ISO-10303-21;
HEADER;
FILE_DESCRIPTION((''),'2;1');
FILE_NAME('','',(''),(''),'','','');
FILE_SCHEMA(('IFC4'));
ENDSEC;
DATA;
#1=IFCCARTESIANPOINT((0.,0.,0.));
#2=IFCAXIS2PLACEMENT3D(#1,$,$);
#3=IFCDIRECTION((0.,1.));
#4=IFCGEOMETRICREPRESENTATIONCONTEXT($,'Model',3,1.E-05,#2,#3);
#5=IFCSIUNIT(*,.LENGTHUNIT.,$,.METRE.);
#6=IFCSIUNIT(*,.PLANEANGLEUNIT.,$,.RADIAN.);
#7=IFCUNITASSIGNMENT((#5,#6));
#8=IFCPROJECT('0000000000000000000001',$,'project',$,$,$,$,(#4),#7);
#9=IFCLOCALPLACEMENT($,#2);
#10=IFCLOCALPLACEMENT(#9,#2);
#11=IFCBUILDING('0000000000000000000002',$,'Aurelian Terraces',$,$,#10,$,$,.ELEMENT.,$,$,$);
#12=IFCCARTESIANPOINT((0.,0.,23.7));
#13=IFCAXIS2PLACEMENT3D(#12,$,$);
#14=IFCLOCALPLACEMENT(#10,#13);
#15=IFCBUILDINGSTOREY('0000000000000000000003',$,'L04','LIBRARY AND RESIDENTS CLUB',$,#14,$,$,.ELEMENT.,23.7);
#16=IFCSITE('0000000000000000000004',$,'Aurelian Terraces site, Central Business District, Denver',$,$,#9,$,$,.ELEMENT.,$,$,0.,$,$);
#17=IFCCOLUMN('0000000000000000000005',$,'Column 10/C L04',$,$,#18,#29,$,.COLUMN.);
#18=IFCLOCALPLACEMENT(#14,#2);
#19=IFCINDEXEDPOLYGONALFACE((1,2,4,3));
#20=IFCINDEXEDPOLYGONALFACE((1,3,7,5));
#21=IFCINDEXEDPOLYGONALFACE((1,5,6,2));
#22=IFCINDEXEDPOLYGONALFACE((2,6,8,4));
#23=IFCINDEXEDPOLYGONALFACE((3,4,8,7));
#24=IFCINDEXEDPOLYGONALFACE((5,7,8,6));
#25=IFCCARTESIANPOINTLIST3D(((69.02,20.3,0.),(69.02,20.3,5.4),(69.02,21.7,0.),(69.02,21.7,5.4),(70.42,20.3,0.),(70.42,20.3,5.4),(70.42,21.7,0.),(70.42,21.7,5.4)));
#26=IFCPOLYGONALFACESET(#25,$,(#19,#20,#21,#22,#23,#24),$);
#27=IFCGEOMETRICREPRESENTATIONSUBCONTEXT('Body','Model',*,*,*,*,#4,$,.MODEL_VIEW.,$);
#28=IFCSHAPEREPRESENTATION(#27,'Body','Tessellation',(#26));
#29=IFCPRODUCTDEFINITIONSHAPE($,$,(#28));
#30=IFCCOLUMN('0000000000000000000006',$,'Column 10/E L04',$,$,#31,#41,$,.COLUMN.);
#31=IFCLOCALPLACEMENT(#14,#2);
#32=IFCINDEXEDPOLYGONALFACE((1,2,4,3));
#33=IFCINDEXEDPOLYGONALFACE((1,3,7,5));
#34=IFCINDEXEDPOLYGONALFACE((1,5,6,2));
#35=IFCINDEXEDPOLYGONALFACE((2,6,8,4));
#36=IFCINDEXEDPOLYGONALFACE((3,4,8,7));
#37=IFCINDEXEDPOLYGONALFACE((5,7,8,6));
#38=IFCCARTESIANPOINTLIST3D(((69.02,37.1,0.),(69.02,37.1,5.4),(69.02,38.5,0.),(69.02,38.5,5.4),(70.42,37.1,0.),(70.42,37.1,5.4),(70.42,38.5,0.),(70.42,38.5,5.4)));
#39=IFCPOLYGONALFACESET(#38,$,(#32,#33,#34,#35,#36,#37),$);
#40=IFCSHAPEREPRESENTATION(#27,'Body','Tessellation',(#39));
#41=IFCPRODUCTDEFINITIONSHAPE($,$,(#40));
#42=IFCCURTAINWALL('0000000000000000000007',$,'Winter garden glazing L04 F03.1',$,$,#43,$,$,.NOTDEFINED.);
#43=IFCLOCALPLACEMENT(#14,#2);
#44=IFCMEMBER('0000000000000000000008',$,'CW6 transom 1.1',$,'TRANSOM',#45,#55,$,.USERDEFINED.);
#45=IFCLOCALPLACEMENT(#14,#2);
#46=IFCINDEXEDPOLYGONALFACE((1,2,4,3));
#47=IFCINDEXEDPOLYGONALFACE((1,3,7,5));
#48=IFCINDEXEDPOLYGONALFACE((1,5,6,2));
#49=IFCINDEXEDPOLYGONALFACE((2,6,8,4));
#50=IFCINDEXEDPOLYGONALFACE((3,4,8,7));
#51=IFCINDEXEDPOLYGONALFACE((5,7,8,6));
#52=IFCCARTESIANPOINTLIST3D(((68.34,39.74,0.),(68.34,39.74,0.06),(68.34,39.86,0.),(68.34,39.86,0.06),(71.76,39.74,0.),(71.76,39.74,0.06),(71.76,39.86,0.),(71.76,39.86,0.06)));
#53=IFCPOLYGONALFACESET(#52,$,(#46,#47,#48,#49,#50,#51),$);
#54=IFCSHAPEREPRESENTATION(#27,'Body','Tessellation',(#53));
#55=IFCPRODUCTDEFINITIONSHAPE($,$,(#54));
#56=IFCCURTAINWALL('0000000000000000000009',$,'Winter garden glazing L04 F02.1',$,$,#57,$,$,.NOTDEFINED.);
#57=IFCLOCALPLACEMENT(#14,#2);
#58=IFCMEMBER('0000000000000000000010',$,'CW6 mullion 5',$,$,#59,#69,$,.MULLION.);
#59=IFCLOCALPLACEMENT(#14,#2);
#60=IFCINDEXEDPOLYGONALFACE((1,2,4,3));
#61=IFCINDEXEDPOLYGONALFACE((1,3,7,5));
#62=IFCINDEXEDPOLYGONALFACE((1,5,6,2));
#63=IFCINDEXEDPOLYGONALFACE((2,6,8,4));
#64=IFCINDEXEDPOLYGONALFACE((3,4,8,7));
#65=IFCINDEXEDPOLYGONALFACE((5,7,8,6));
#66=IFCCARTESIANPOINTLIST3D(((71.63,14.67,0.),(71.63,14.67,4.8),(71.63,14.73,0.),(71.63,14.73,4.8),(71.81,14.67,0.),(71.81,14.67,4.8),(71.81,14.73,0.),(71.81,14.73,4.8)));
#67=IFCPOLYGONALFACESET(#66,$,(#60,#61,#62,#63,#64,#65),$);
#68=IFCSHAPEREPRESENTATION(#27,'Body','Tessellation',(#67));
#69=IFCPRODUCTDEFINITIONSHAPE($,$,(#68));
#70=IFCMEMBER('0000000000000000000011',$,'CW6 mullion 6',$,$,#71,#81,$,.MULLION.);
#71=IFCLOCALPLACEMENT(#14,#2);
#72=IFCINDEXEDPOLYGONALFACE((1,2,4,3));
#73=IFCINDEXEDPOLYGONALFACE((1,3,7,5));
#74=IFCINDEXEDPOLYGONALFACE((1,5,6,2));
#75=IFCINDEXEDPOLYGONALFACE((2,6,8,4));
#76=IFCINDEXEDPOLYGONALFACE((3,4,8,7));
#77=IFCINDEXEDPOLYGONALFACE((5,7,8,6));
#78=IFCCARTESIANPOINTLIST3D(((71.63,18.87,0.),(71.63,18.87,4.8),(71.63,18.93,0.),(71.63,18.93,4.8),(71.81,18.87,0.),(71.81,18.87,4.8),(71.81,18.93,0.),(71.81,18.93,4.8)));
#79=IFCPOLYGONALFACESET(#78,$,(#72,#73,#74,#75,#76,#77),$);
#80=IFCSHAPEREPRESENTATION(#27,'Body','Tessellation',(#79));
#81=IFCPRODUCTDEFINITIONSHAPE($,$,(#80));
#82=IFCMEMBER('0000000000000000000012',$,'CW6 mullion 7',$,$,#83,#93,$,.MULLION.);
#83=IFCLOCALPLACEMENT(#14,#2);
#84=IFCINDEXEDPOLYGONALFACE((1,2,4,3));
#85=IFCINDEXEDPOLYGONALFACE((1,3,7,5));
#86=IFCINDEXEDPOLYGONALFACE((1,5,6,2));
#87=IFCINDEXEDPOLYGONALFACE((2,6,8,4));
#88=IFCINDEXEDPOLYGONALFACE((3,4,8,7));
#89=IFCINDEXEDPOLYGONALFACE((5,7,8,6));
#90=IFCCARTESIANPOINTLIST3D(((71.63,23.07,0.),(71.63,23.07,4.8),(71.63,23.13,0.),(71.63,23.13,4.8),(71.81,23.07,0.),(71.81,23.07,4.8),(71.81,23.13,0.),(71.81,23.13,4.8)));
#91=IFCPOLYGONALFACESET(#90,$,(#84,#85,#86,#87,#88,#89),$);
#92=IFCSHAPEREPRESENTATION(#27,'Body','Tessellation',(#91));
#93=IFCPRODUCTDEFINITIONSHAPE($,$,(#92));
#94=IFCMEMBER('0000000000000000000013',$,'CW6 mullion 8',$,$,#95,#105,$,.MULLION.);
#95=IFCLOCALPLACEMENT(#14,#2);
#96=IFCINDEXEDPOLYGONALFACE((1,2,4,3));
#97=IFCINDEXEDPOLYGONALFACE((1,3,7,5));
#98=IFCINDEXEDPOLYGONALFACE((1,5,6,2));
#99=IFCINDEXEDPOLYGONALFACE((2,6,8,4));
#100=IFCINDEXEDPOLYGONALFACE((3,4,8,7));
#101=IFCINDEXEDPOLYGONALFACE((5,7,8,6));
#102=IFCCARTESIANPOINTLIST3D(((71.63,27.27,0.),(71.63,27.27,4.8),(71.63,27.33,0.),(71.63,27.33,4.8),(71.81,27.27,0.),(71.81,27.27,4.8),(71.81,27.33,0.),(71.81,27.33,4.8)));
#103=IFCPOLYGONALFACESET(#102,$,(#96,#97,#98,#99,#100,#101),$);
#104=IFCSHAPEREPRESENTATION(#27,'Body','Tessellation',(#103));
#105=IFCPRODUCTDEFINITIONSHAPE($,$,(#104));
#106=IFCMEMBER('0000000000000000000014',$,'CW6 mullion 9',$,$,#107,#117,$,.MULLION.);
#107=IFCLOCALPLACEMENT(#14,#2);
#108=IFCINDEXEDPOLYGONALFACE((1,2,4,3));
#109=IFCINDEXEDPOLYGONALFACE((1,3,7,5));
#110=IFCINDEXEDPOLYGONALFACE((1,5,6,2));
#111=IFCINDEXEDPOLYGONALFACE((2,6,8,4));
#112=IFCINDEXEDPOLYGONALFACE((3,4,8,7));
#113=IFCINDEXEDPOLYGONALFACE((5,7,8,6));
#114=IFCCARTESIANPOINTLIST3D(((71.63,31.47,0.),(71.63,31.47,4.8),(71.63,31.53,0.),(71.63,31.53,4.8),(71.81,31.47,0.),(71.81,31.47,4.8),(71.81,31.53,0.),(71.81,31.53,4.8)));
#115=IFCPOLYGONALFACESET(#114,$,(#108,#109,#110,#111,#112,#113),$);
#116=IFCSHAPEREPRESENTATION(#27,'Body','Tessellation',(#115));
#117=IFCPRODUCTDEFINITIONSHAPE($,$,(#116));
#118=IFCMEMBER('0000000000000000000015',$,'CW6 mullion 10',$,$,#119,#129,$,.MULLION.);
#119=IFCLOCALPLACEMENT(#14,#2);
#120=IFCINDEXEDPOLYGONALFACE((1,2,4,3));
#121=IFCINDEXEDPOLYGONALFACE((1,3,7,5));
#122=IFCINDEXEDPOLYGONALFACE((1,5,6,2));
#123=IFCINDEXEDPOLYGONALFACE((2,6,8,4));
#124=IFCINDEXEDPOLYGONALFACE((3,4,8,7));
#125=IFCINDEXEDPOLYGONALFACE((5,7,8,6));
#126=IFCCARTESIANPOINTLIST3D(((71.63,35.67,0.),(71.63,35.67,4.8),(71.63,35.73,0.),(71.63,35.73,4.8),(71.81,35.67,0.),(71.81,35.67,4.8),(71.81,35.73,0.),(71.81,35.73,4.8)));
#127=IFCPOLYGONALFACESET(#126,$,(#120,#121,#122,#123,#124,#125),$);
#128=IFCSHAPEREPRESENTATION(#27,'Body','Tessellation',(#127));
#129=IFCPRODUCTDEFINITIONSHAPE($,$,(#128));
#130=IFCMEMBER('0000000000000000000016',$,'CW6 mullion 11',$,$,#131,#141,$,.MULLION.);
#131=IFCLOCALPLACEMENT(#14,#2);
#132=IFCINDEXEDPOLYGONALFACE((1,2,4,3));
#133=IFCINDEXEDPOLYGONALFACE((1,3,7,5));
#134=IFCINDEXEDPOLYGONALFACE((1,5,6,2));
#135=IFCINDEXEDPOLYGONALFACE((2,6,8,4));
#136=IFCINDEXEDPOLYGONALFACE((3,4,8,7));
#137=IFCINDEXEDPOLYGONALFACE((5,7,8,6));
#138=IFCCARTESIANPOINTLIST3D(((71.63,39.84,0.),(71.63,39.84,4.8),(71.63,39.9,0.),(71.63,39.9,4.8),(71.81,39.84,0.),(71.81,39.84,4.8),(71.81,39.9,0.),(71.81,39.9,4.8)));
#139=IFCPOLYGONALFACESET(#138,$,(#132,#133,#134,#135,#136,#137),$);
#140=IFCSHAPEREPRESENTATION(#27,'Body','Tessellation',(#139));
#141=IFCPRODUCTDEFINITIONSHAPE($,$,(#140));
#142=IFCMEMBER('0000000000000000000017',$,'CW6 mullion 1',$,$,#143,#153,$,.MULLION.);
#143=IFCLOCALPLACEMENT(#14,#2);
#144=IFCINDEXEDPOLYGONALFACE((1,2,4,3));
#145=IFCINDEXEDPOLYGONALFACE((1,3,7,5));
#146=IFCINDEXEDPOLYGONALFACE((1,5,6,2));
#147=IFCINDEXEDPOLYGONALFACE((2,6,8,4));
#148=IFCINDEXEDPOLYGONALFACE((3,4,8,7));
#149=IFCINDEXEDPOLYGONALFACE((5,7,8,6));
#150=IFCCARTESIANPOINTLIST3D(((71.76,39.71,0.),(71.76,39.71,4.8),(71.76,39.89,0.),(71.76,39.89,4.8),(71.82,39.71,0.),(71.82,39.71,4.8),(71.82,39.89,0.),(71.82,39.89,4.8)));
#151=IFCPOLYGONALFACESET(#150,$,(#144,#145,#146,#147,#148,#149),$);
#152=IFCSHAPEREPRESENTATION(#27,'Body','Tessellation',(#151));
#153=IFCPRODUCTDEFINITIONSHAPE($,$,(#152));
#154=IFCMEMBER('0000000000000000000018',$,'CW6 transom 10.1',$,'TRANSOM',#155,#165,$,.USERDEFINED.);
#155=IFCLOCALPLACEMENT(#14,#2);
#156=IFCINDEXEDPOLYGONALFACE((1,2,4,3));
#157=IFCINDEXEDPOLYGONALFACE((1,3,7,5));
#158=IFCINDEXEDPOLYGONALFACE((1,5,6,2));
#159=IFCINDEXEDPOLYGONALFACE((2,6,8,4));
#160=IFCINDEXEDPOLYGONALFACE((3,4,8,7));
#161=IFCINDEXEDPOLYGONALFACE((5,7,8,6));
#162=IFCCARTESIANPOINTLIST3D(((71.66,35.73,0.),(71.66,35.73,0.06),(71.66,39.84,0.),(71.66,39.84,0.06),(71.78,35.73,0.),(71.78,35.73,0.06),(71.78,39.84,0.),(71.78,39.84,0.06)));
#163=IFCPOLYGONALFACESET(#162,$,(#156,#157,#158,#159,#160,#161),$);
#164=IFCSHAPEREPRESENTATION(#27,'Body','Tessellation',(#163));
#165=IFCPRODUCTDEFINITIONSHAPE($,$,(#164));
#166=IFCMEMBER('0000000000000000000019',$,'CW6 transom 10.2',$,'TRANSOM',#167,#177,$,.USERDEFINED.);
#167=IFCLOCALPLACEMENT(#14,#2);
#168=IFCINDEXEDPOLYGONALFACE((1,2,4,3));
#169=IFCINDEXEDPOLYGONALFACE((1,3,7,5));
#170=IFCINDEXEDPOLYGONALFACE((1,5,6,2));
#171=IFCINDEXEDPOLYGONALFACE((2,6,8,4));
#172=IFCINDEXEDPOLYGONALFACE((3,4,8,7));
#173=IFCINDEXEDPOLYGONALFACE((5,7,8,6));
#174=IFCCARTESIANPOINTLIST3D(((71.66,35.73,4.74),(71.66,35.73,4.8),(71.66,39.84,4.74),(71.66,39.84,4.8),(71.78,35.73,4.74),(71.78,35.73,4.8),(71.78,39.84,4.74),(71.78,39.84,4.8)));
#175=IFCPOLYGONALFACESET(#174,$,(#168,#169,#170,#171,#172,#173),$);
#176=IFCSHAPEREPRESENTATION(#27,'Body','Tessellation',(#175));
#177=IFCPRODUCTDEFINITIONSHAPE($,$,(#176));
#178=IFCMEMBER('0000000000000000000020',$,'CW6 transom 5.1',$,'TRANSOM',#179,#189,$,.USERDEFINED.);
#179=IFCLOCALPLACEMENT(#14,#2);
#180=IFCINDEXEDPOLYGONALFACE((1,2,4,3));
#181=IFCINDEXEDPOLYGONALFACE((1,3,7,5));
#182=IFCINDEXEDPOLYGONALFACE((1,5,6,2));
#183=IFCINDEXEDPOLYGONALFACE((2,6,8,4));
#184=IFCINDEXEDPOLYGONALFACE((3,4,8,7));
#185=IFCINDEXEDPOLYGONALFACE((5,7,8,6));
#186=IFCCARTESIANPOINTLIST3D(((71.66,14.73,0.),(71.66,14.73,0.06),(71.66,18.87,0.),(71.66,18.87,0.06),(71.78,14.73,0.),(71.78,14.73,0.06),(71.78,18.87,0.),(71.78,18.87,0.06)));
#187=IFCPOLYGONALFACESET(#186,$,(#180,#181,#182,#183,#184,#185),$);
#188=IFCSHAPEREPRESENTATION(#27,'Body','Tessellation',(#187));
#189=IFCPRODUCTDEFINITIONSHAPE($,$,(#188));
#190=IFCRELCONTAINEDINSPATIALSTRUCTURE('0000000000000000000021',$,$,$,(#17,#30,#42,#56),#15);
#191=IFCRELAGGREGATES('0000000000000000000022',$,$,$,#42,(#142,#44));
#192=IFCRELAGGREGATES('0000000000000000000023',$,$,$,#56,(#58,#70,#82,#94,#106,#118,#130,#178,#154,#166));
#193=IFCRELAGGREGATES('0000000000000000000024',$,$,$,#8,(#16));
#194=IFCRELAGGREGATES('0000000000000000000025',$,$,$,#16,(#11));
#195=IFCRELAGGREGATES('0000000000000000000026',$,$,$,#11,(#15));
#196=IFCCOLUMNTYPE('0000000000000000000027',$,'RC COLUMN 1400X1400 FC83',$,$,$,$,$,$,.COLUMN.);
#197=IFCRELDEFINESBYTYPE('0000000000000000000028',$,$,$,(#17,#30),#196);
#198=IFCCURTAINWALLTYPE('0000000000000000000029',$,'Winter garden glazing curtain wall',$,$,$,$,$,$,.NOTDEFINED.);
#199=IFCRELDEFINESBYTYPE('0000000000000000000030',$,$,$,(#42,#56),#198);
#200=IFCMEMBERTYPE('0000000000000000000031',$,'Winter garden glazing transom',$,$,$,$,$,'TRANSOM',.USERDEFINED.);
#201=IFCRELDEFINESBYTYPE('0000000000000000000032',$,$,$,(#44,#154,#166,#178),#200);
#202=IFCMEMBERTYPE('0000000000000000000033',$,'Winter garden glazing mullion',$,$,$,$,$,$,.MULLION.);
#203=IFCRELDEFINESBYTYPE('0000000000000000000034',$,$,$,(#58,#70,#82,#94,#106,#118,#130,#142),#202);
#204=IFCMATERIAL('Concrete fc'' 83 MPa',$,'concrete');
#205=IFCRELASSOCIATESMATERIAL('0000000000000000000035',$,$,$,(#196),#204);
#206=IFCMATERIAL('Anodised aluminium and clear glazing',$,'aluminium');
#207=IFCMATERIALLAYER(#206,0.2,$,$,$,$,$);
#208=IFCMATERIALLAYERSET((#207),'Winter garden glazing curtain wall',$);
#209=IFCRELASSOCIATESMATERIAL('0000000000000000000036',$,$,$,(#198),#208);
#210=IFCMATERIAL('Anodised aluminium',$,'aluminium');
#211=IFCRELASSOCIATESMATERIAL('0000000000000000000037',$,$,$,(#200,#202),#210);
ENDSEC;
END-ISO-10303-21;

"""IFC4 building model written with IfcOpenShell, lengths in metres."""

from ifc_helpers import new_model, si_unit, direction, frame, origin, origin_2d, place, context, subcontext, project, spatial, rectangle, extrude, source, transform, mapped, material, layer, layer_set, material_profile, profile_set, type_object, element, aggregate, save


model = new_model("IFC4")

# Units and contexts
model_context = context("Model", 3, precision=1e-05, world=origin(), true_north=direction((0.0, 1.0)))
body_context = subcontext(model_context, "Body", "Model", "MODEL_VIEW")
ifc_project = project(units=[si_unit("LENGTHUNIT", "METRE"), si_unit("PLANEANGLEUNIT", "RADIAN")], contexts=[model_context])

# Site, building, storey
site_placement = place(None, origin())
site = spatial("IfcSite", under=ifc_project, at=site_placement, Name="Aurelian Terraces site, Central Business District, Denver", CompositionType="ELEMENT", RefElevation=0.0)
building_placement = place(site_placement, origin())
building = spatial("IfcBuilding", under=site, at=building_placement, Name="Aurelian Terraces", CompositionType="ELEMENT")
storey_placement = place(building_placement, frame((0.0, 0.0, 23.7)))
storey = spatial("IfcBuildingStorey", under=building, at=storey_placement, Name="L04", Description="LIBRARY AND RESIDENTS CLUB", CompositionType="ELEMENT", Elevation=23.7)

# Columns
ifc_material_1 = material(Name="Concrete fc' 83 MPa", Category="concrete")
ifc_material_profile_1 = material_profile(ifc_material_1, rectangle(XDim=1.4, YDim=1.4, at=origin_2d()))
ifc_profile_set_1 = profile_set([ifc_material_profile_1], Name="Concrete fc' 83 MPa")
column_type = type_object("IfcColumnType", Name="RC COLUMN 1400X1400 FC83", PredefinedType="COLUMN", material=ifc_profile_set_1)
shared_shape_1 = source(origin(), body_context, "Body", "SweptSolid", [
    extrude(rectangle(XDim=1.4, YDim=1.4, at=origin_2d()), origin(), (0.0, 0.0, 1.0), 5.4),
])
for number, where, z_axis, x_axis, name in (
    (1, (69.72, 21.0, 0.0), (0.0, 0.0, 1.0), (1.0, 0.0, 0.0), "Column 10/C L04"),
    (2, (69.72, 37.8, 0.0), (0.0, 0.0, 1.0), (1.0, 0.0, 0.0), "Column 10/E L04"),
):
    element("IfcColumn", number, at=place(storey_placement, frame(where, z_axis=z_axis, x_axis=x_axis)), inside=storey, type_object=column_type, Name=name, PredefinedType="COLUMN", context=body_context, shape_type="MappedRepresentation", body=[
        mapped(shared_shape_1, transform((0.0, 0.0, 0.0), scale=1.0)),
    ])

# Curtain wall, member
ifc_material_2 = material(Name="Anodised aluminium and clear glazing", Category="aluminium")
ifc_layer_1 = layer(ifc_material_2, 0.2)
ifc_layer_set_1 = layer_set([ifc_layer_1], Name="Winter garden glazing curtain wall")
curtain_wall_type = type_object("IfcCurtainWallType", Name="Winter garden glazing curtain wall", PredefinedType="NOTDEFINED", material=ifc_layer_set_1)
curtain_wall_1_placement = place(storey_placement, origin())
curtain_wall_1 = element("IfcCurtainWall", 3, at=curtain_wall_1_placement, inside=storey, type_object=curtain_wall_type, Name="Winter garden glazing L04 F03.1", PredefinedType="NOTDEFINED")
ifc_material_3 = material(Name="Anodised aluminium", Category="aluminium")
ifc_material_profile_2 = material_profile(ifc_material_3, rectangle(XDim=0.12, YDim=0.06, at=origin_2d()))
ifc_profile_set_2 = profile_set([ifc_material_profile_2], Name="Anodised aluminium")
member_type_1 = type_object("IfcMemberType", Name="Winter garden glazing transom", ElementType="TRANSOM", PredefinedType="USERDEFINED", material=ifc_profile_set_2)
member_1_placement = place(storey_placement, frame((71.76, 39.8, 0.03), z_axis=(-1.0, 0.0, 0.0), x_axis=(0.0, -1.0, 0.0)))
member_1 = element("IfcMember", 4, at=member_1_placement, type_object=member_type_1, Name="CW6 transom 1.1", ObjectType="TRANSOM", PredefinedType="USERDEFINED", context=body_context, shape_type="SweptSolid", body=[
    extrude(rectangle(XDim=0.12, YDim=0.06, at=origin_2d()), origin(), (0.0, 0.0, 1.0), 3.42),
])

# Curtain wall, members
curtain_wall_2_placement = place(storey_placement, origin())
curtain_wall_2 = element("IfcCurtainWall", 5, at=curtain_wall_2_placement, inside=storey, type_object=curtain_wall_type, Name="Winter garden glazing L04 F02.1", PredefinedType="NOTDEFINED")
ifc_material_profile_3 = material_profile(ifc_material_3, rectangle(XDim=0.18, YDim=0.06, at=origin_2d()))
ifc_profile_set_3 = profile_set([ifc_material_profile_3], Name="Anodised aluminium")
member_type_2 = type_object("IfcMemberType", Name="Winter garden glazing mullion", PredefinedType="MULLION", material=ifc_profile_set_3)
shared_shape_2 = source(origin(), body_context, "Body", "SweptSolid", [
    extrude(rectangle(XDim=0.18, YDim=0.06, at=origin_2d()), origin(), (0.0, 0.0, 1.0), 4.8),
])
member_2_placement = place(storey_placement, frame((71.72, 14.7, 0.0), z_axis=(0.0, 0.0, 1.0), x_axis=(-1.0, 0.0, 0.0)))
member_2 = element("IfcMember", 6, at=member_2_placement, type_object=member_type_2, Name="CW6 mullion 5", PredefinedType="MULLION", context=body_context, shape_type="MappedRepresentation", body=[
    mapped(shared_shape_2, transform((0.0, 0.0, 0.0), scale=1.0)),
])
member_3_placement = place(storey_placement, frame((71.72, 18.9, 0.0), z_axis=(0.0, 0.0, 1.0), x_axis=(-1.0, 0.0, 0.0)))
member_3 = element("IfcMember", 7, at=member_3_placement, type_object=member_type_2, Name="CW6 mullion 6", PredefinedType="MULLION", context=body_context, shape_type="MappedRepresentation", body=[
    mapped(shared_shape_2, transform((0.0, 0.0, 0.0), scale=1.0)),
])
member_4_placement = place(storey_placement, frame((71.72, 23.1, 0.0), z_axis=(0.0, 0.0, 1.0), x_axis=(-1.0, 0.0, 0.0)))
member_4 = element("IfcMember", 8, at=member_4_placement, type_object=member_type_2, Name="CW6 mullion 7", PredefinedType="MULLION", context=body_context, shape_type="MappedRepresentation", body=[
    mapped(shared_shape_2, transform((0.0, 0.0, 0.0), scale=1.0)),
])
member_5_placement = place(storey_placement, frame((71.72, 27.3, 0.0), z_axis=(0.0, 0.0, 1.0), x_axis=(-1.0, 0.0, 0.0)))
member_5 = element("IfcMember", 9, at=member_5_placement, type_object=member_type_2, Name="CW6 mullion 8", PredefinedType="MULLION", context=body_context, shape_type="MappedRepresentation", body=[
    mapped(shared_shape_2, transform((0.0, 0.0, 0.0), scale=1.0)),
])
member_6_placement = place(storey_placement, frame((71.72, 31.5, 0.0), z_axis=(0.0, 0.0, 1.0), x_axis=(-1.0, 0.0, 0.0)))
member_6 = element("IfcMember", 10, at=member_6_placement, type_object=member_type_2, Name="CW6 mullion 9", PredefinedType="MULLION", context=body_context, shape_type="MappedRepresentation", body=[
    mapped(shared_shape_2, transform((0.0, 0.0, 0.0), scale=1.0)),
])
member_7_placement = place(storey_placement, frame((71.72, 35.7, 0.0), z_axis=(0.0, 0.0, 1.0), x_axis=(-1.0, 0.0, 0.0)))
member_7 = element("IfcMember", 11, at=member_7_placement, type_object=member_type_2, Name="CW6 mullion 10", PredefinedType="MULLION", context=body_context, shape_type="MappedRepresentation", body=[
    mapped(shared_shape_2, transform((0.0, 0.0, 0.0), scale=1.0)),
])
member_8_placement = place(storey_placement, frame((71.72, 39.87, 0.0), z_axis=(0.0, 0.0, 1.0), x_axis=(-1.0, 0.0, 0.0)))
member_8 = element("IfcMember", 12, at=member_8_placement, type_object=member_type_2, Name="CW6 mullion 11", PredefinedType="MULLION", context=body_context, shape_type="MappedRepresentation", body=[
    mapped(shared_shape_2, transform((0.0, 0.0, 0.0), scale=1.0)),
])

# Members
member_9_placement = place(storey_placement, frame((71.79, 39.8, 0.0), z_axis=(0.0, 0.0, 1.0), x_axis=(0.0, -1.0, 0.0)))
member_9 = element("IfcMember", 13, at=member_9_placement, type_object=member_type_2, Name="CW6 mullion 1", PredefinedType="MULLION", context=body_context, shape_type="MappedRepresentation", body=[
    mapped(shared_shape_2, transform((0.0, 0.0, 0.0), scale=1.0)),
])
shared_shape_3 = source(origin(), body_context, "Body", "SweptSolid", [
    extrude(rectangle(XDim=0.12, YDim=0.06, at=origin_2d()), origin(), (0.0, 0.0, 1.0), 4.11),
])
member_10_placement = place(storey_placement, frame((71.72, 35.73, 0.03), z_axis=(0.0, 1.0, 0.0), x_axis=(-1.0, 0.0, 0.0)))
member_10 = element("IfcMember", 14, at=member_10_placement, type_object=member_type_1, Name="CW6 transom 10.1", ObjectType="TRANSOM", PredefinedType="USERDEFINED", context=body_context, shape_type="MappedRepresentation", body=[
    mapped(shared_shape_3, transform((0.0, 0.0, 0.0), scale=1.0)),
])
member_11_placement = place(storey_placement, frame((71.72, 35.73, 4.77), z_axis=(0.0, 1.0, 0.0), x_axis=(-1.0, 0.0, 0.0)))
member_11 = element("IfcMember", 15, at=member_11_placement, type_object=member_type_1, Name="CW6 transom 10.2", ObjectType="TRANSOM", PredefinedType="USERDEFINED", context=body_context, shape_type="MappedRepresentation", body=[
    mapped(shared_shape_3, transform((0.0, 0.0, 0.0), scale=1.0)),
])
shared_shape_4 = source(origin(), body_context, "Body", "SweptSolid", [
    extrude(rectangle(XDim=0.12, YDim=0.06, at=origin_2d()), origin(), (0.0, 0.0, 1.0), 4.14),
])
member_12_placement = place(storey_placement, frame((71.72, 14.73, 0.03), z_axis=(0.0, 1.0, 0.0), x_axis=(-1.0, 0.0, 0.0)))
member_12 = element("IfcMember", 16, at=member_12_placement, type_object=member_type_1, Name="CW6 transom 5.1", ObjectType="TRANSOM", PredefinedType="USERDEFINED", context=body_context, shape_type="MappedRepresentation", body=[
    mapped(shared_shape_4, transform((0.0, 0.0, 0.0), scale=1.0)),
])

aggregate(curtain_wall_1, [member_9, member_1])
aggregate(curtain_wall_2, [member_2, member_3, member_4, member_5, member_6, member_7, member_8, member_12, member_10, member_11])

save(model, "model.ifc")
